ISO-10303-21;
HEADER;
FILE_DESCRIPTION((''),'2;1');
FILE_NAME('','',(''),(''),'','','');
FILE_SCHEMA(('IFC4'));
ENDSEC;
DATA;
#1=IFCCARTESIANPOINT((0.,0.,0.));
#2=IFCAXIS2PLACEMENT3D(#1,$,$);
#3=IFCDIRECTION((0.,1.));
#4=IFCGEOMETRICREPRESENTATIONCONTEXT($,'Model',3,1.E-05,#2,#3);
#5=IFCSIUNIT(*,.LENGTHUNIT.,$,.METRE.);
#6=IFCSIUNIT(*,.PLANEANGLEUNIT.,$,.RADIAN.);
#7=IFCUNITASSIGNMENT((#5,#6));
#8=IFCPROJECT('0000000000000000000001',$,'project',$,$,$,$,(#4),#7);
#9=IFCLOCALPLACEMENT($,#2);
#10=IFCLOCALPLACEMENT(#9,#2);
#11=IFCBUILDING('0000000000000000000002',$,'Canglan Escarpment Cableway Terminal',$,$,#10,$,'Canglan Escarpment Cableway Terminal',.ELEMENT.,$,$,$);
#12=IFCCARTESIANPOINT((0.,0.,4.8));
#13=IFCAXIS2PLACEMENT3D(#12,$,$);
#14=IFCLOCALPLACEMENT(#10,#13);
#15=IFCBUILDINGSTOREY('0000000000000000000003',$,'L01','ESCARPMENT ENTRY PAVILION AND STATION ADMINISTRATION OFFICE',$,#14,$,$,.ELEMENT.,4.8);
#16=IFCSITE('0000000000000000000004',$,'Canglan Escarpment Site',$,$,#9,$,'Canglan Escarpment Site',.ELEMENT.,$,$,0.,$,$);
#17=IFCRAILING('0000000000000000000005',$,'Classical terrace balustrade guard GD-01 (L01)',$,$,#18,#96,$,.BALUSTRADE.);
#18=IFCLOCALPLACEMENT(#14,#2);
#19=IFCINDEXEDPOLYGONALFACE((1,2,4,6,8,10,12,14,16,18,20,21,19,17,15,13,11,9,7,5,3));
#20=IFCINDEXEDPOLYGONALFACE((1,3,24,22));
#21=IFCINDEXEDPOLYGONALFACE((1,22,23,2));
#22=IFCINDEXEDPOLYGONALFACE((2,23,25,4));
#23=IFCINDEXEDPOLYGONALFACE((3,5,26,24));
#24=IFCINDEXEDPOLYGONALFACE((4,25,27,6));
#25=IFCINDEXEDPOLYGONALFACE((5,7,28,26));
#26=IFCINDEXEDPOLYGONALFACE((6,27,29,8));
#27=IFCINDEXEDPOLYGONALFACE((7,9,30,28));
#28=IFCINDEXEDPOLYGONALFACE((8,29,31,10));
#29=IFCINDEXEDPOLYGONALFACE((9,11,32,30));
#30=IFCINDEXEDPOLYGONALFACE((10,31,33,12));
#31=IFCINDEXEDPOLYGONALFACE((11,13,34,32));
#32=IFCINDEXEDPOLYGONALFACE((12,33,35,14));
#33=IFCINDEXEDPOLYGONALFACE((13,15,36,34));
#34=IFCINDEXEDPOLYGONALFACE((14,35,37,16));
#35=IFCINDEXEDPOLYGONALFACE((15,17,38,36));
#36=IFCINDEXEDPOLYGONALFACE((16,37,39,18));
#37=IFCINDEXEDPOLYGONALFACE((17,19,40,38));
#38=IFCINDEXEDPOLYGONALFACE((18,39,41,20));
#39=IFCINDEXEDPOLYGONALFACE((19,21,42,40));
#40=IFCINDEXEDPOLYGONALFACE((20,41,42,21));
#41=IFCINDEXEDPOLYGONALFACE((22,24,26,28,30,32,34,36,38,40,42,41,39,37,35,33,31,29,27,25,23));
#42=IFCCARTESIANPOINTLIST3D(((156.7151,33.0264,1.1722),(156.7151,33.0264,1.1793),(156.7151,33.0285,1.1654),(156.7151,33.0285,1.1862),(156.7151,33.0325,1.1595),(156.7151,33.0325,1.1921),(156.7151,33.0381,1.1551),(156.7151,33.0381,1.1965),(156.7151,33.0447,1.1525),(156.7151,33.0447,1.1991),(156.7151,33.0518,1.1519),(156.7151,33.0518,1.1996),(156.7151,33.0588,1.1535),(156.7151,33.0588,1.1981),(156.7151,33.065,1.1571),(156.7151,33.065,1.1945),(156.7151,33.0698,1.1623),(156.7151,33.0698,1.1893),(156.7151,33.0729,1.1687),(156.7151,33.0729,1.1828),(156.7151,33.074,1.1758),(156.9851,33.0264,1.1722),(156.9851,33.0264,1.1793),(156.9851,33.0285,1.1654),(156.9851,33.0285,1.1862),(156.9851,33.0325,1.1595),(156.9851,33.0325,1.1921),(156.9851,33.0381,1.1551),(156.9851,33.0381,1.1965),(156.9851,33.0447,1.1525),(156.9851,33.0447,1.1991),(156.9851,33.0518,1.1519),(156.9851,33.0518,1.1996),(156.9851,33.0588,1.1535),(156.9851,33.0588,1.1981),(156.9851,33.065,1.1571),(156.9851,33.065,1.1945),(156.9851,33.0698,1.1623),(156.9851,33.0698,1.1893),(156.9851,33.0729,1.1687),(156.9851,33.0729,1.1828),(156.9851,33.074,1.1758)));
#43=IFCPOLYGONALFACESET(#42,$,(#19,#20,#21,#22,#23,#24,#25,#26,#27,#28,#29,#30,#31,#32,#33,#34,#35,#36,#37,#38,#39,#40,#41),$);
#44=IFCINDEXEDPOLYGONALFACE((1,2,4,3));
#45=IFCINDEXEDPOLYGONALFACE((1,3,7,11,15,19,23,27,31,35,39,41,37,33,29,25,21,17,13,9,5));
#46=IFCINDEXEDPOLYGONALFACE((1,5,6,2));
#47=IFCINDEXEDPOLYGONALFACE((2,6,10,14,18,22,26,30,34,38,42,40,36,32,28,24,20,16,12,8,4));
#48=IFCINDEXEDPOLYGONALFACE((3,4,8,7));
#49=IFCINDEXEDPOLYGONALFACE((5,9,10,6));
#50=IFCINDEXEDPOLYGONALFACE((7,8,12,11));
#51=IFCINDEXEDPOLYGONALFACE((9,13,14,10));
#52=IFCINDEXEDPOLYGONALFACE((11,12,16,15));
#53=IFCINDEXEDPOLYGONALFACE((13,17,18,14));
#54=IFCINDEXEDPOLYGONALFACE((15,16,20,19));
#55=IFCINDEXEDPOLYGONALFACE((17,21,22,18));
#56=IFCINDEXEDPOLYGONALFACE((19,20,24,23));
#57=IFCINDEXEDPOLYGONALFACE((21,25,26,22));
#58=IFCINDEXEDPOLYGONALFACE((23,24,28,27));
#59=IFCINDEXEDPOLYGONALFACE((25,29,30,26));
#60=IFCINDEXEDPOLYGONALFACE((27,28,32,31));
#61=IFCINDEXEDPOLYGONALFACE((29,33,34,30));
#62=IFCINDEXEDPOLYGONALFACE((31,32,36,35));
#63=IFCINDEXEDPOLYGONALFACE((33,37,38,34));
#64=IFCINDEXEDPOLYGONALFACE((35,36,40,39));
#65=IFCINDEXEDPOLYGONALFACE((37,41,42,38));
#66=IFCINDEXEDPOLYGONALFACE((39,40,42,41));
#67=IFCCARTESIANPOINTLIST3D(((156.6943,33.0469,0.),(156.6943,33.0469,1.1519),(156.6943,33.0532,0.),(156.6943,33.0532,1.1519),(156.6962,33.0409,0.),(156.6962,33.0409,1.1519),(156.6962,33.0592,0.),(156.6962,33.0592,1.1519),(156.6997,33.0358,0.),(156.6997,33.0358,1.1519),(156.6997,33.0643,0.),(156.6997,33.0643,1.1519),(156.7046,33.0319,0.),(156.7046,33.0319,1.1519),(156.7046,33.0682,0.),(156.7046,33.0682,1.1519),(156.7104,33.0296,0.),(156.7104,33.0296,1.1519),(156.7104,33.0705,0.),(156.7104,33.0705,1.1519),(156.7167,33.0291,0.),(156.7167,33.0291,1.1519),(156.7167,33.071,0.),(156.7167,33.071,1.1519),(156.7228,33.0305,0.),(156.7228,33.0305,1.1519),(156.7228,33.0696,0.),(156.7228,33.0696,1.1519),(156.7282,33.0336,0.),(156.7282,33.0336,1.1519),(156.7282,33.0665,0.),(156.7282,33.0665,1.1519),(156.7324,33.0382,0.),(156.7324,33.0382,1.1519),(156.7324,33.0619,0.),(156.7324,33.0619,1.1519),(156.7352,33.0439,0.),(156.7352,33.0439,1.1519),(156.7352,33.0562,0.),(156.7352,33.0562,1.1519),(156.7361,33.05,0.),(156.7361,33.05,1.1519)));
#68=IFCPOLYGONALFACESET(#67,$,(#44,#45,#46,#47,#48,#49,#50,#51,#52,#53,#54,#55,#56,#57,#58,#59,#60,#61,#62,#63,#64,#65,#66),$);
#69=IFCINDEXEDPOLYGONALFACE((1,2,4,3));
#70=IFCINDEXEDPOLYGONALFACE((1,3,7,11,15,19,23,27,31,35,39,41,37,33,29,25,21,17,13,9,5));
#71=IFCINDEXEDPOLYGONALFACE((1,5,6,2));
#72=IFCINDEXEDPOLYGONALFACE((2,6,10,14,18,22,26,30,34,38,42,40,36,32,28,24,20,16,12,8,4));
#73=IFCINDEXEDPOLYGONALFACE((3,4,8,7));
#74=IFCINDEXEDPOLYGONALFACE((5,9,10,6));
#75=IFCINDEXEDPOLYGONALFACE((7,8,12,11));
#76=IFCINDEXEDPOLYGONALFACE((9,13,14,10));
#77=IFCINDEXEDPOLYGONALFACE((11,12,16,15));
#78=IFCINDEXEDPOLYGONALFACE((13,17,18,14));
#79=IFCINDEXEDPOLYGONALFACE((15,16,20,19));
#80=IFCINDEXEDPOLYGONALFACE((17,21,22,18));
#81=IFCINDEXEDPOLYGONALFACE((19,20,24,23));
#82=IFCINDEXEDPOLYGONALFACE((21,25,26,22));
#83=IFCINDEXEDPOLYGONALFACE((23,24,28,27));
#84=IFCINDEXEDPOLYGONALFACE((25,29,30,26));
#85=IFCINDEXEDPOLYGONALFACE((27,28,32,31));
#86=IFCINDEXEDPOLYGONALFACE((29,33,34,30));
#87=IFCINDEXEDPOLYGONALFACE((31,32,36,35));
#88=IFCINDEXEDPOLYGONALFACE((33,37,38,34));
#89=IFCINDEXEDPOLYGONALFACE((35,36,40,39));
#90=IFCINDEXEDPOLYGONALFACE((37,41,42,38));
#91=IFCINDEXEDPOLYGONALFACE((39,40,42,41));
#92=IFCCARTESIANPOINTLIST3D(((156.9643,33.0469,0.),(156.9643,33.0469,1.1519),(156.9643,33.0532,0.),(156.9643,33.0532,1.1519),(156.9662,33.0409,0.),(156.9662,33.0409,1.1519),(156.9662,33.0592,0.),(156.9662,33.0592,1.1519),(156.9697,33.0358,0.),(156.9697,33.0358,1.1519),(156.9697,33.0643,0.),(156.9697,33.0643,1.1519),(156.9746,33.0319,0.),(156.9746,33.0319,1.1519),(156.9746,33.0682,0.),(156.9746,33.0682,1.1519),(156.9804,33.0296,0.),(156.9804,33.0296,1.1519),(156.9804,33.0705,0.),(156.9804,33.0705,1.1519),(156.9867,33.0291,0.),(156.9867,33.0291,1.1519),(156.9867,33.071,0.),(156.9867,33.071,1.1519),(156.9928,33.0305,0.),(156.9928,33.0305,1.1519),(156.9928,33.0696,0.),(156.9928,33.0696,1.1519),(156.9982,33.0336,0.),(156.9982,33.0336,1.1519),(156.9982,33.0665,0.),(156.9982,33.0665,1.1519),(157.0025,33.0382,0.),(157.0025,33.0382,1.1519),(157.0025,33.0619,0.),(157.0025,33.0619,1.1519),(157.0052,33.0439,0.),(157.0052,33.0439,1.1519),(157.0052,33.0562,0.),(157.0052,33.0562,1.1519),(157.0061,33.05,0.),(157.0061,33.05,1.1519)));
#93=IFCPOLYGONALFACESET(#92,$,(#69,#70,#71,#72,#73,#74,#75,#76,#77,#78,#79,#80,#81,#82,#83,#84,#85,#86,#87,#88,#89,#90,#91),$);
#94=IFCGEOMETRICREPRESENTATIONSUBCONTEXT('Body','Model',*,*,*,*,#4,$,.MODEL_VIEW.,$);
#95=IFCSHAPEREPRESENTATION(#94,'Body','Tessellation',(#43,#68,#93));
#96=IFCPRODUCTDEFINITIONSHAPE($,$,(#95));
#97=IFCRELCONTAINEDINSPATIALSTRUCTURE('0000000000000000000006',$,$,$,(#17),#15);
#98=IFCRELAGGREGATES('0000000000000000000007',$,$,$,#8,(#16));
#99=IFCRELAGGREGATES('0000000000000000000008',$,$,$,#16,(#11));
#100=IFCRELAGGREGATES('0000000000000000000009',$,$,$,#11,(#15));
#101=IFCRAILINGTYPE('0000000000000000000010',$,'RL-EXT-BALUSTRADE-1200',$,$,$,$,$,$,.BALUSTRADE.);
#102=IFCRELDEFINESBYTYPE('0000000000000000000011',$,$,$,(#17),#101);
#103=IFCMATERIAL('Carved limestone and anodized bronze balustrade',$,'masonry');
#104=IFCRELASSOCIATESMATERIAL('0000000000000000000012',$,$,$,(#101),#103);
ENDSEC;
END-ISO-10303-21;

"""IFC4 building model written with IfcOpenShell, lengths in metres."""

from ifc_helpers import new_model, si_unit, direction, frame, origin, origin_2d, place, context, subcontext, project, spatial, circle, extrude, material, type_object, element, save


model = new_model("IFC4")

# Units and contexts
model_context = context("Model", 3, precision=1e-05, world=origin(), true_north=direction((0.0, 1.0)))
body_context = subcontext(model_context, "Body", "Model", "MODEL_VIEW")
ifc_project = project(units=[si_unit("LENGTHUNIT", "METRE"), si_unit("PLANEANGLEUNIT", "RADIAN")], contexts=[model_context])

# Site, building, storey
site_placement = place(None, origin())
site = spatial("IfcSite", under=ifc_project, at=site_placement, Name="Canglan Escarpment Site", LongName="Canglan Escarpment Site", CompositionType="ELEMENT", RefElevation=0.0)
building_placement = place(site_placement, origin())
building = spatial("IfcBuilding", under=site, at=building_placement, Name="Canglan Escarpment Cableway Terminal", LongName="Canglan Escarpment Cableway Terminal", CompositionType="ELEMENT")
storey_placement = place(building_placement, frame((0.0, 0.0, 4.8)))
storey = spatial("IfcBuildingStorey", under=building, at=storey_placement, Name="L01", Description="ESCARPMENT ENTRY PAVILION AND STATION ADMINISTRATION OFFICE", CompositionType="ELEMENT", Elevation=4.8)

# Railing
ifc_material_1 = material(Name="Carved limestone and anodized bronze balustrade", Category="masonry")
railing_type = type_object("IfcRailingType", Name="RL-EXT-BALUSTRADE-1200", PredefinedType="BALUSTRADE", material=ifc_material_1)
railing_placement = place(storey_placement, frame((156.7151, 33.05, 0.0)))
element("IfcRailing", 1, at=railing_placement, inside=storey, type_object=railing_type, Name="Classical terrace balustrade guard GD-01 (L01)", PredefinedType="BALUSTRADE", context=body_context, shape_type="SweptSolid", body=[
    extrude(circle(Radius=0.0239, at=origin_2d()), frame((0.0, 0.0, 1.1758), z_axis=(1.0, 0.0, 0.0), x_axis=(0.0, 1.0, 0.0)), (0.0, 0.0, 1.0), 0.27),
    extrude(circle(Radius=0.021, at=origin_2d()), origin(), (0.0, 0.0, 1.0), 1.1519),
    extrude(circle(Radius=0.021, at=origin_2d()), frame((0.27, 0.0, 0.0)), (0.0, 0.0, 1.0), 1.1519),
])

save(model, "model.ifc")
